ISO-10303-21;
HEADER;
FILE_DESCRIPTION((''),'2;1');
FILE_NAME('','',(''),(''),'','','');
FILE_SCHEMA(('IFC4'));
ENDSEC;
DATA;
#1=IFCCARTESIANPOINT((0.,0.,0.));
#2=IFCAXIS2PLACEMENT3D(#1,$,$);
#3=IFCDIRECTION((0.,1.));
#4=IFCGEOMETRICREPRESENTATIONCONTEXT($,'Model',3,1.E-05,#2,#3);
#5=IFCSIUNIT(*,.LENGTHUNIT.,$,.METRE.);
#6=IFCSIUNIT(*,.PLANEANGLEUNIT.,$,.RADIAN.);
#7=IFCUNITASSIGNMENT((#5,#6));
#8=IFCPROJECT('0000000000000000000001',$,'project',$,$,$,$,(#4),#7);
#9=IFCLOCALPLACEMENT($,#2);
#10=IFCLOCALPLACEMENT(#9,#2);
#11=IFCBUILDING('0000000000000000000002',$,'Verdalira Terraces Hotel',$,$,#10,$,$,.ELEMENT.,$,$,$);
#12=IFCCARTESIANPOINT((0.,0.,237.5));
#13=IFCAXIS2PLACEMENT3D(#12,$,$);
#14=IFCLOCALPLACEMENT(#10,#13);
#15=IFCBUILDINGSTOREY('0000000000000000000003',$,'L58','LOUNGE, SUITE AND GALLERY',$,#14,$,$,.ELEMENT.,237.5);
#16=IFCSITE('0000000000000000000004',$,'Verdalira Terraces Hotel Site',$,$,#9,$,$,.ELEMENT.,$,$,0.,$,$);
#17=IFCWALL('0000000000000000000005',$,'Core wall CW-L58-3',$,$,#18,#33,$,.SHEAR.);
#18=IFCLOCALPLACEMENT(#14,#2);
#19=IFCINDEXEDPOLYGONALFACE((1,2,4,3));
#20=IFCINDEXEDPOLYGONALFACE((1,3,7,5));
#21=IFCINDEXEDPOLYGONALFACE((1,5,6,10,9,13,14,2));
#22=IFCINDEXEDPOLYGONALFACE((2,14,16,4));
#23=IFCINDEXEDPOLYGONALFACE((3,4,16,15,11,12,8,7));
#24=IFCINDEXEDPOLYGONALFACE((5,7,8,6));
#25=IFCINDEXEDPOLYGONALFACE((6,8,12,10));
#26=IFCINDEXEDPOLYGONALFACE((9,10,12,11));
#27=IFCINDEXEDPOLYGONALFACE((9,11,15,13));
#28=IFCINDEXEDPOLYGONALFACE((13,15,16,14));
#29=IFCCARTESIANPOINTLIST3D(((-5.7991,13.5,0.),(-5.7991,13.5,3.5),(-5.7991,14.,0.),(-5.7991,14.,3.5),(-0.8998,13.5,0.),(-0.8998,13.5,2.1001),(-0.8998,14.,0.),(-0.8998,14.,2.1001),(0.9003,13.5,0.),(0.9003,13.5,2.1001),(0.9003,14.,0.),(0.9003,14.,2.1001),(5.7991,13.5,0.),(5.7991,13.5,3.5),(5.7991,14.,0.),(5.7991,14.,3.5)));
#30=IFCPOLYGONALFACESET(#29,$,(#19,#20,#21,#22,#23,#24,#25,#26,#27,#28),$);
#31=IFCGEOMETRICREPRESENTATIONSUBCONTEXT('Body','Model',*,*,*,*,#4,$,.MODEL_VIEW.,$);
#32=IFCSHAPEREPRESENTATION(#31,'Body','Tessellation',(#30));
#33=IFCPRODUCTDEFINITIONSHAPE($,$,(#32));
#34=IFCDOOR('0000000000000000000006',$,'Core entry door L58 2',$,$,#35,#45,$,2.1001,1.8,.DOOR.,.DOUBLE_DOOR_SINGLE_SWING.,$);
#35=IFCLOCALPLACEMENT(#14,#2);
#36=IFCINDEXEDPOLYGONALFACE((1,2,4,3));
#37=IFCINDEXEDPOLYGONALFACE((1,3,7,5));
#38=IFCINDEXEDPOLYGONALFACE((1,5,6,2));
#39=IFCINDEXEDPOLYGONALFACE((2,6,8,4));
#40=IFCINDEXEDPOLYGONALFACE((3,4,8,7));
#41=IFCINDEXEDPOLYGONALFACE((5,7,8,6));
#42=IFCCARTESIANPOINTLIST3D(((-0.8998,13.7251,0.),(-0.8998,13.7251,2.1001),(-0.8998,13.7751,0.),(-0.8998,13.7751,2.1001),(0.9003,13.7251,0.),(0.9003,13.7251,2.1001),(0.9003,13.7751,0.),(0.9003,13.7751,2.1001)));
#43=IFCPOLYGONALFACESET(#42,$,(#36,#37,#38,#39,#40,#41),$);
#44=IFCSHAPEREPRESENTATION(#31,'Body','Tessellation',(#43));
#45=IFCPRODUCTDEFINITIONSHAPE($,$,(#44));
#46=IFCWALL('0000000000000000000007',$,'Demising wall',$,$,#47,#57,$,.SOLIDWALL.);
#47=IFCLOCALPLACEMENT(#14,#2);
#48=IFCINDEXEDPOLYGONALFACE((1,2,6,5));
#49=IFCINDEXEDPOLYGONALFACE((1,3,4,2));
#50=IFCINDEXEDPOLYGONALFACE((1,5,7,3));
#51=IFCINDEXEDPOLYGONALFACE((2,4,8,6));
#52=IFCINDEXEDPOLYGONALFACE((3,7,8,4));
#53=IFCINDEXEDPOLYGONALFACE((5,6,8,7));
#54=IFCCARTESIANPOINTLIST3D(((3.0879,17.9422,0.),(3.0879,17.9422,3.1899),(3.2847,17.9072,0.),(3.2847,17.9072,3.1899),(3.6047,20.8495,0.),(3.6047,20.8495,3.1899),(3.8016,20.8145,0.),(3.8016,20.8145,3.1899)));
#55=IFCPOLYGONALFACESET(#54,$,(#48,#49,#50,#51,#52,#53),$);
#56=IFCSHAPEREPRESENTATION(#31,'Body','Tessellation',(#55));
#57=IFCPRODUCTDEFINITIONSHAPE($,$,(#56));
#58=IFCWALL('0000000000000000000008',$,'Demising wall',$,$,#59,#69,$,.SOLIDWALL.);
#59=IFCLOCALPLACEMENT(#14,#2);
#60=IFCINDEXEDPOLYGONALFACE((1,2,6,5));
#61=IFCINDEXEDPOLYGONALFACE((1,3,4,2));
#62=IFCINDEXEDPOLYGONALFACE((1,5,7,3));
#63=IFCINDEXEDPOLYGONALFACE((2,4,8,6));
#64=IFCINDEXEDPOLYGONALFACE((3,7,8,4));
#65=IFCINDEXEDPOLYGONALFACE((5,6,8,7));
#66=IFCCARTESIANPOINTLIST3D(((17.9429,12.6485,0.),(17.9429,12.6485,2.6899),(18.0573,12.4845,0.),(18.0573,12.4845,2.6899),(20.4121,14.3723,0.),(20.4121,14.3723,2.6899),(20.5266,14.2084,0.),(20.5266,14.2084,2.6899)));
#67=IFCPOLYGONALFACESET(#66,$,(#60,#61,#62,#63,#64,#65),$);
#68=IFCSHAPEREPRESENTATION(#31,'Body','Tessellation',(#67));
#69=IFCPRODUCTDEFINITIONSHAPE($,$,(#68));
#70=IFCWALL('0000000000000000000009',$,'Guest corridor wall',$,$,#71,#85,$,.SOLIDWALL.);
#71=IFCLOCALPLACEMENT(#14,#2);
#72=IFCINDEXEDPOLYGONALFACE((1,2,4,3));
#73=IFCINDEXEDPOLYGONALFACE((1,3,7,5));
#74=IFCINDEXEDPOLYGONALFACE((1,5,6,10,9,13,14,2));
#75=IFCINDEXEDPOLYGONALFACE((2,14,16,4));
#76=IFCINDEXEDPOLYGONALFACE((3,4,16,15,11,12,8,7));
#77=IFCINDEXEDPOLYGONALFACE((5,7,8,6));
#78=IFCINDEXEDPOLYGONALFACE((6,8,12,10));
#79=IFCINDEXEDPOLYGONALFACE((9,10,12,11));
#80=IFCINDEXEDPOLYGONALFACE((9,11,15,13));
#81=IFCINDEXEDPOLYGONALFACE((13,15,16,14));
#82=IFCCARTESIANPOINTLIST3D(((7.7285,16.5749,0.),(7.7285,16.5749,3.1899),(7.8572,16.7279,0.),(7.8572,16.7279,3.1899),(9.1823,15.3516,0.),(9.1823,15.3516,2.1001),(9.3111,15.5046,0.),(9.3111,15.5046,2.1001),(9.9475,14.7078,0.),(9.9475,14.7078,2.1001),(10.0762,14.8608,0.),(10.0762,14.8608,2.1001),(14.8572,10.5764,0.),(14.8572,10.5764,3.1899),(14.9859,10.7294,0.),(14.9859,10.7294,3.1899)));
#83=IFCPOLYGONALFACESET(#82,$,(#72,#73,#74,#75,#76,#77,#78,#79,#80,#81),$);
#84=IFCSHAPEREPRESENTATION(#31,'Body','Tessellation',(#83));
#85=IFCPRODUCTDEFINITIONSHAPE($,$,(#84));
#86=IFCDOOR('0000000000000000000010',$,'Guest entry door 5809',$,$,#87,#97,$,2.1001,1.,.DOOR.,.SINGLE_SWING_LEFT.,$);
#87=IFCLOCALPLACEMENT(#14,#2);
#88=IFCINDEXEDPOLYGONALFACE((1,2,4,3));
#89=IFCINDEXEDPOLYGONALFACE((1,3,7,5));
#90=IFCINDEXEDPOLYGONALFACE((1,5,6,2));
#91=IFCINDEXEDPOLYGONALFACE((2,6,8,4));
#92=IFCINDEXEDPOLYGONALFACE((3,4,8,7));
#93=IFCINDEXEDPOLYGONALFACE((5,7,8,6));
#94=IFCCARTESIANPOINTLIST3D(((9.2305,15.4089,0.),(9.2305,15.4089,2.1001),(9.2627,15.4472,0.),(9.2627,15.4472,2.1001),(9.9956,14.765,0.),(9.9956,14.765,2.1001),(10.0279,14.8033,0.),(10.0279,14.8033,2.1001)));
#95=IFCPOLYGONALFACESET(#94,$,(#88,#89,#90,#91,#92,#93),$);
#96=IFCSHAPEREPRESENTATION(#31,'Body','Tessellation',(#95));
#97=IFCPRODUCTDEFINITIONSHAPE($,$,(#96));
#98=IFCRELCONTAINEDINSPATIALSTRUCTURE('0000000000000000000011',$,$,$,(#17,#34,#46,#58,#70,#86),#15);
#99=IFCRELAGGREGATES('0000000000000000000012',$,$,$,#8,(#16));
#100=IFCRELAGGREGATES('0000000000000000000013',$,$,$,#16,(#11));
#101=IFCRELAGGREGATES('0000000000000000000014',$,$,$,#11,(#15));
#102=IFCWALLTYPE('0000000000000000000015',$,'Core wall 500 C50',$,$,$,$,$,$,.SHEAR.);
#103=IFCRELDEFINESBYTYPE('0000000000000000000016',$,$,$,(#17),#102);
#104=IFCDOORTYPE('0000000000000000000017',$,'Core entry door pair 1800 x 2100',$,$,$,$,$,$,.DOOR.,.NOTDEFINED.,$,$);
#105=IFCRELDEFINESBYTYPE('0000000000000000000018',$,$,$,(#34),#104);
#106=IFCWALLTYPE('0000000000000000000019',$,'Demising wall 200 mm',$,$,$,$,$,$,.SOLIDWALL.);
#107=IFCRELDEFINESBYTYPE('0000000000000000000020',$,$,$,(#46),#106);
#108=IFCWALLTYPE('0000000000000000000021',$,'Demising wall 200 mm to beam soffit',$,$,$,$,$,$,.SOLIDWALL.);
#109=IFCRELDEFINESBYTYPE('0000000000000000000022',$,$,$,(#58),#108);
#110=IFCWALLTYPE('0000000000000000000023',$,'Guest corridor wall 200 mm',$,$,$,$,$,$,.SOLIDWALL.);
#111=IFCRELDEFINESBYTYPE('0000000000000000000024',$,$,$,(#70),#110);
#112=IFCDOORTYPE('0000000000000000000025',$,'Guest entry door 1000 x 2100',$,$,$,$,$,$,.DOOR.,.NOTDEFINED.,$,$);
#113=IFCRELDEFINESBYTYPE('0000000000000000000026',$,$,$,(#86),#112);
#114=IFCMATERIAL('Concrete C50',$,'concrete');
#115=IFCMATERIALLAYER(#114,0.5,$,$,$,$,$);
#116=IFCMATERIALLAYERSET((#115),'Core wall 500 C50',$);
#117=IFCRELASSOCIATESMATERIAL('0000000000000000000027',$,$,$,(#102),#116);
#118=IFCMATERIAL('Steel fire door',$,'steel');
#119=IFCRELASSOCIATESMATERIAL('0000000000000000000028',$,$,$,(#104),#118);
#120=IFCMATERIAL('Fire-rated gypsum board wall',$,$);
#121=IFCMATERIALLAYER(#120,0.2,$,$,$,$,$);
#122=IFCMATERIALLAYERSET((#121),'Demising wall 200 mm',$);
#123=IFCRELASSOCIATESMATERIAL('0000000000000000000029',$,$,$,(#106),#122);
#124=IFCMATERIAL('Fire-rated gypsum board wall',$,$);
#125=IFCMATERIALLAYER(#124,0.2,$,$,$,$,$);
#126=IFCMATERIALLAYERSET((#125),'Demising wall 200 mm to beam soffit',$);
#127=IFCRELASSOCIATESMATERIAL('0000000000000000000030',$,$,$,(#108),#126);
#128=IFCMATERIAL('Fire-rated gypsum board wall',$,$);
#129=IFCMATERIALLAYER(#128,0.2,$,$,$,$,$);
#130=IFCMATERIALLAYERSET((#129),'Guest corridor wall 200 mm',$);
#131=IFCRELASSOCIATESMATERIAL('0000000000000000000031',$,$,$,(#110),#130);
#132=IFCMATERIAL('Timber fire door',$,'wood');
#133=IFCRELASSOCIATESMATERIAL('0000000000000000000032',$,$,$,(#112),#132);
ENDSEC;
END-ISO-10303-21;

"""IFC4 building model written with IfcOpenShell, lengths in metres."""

from ifc_helpers import new_model, si_unit, direction, frame, frame_2d, origin, place, context, subcontext, project, spatial, rectangle, extrude, material, layer, layer_set, type_object, element, fill, save


model = new_model("IFC4")

# Units and contexts
model_context = context("Model", 3, precision=1e-05, world=origin(), true_north=direction((0.0, 1.0)))
body_context = subcontext(model_context, "Body", "Model", "MODEL_VIEW")
ifc_project = project(units=[si_unit("LENGTHUNIT", "METRE"), si_unit("PLANEANGLEUNIT", "RADIAN")], contexts=[model_context])

# Site, building, storey
site_placement = place(None, origin())
site = spatial("IfcSite", under=ifc_project, at=site_placement, Name="Verdalira Terraces Hotel Site", CompositionType="ELEMENT", RefElevation=0.0)
building_placement = place(site_placement, origin())
building = spatial("IfcBuilding", under=site, at=building_placement, Name="Verdalira Terraces Hotel", CompositionType="ELEMENT")
storey_placement = place(building_placement, frame((0.0, 0.0, 237.5)))
storey = spatial("IfcBuildingStorey", under=building, at=storey_placement, Name="L58", Description="LOUNGE, SUITE AND GALLERY", CompositionType="ELEMENT", Elevation=237.5)

# Wall, opening, door
ifc_material_1 = material(Name="Concrete C50", Category="concrete")
ifc_layer_1 = layer(ifc_material_1, 0.5)
ifc_layer_set_1 = layer_set([ifc_layer_1], Name="Core wall 500 C50")
wall_type_1 = type_object("IfcWallType", Name="Core wall 500 C50", PredefinedType="SHEAR", material=ifc_layer_set_1)
wall_1_placement = place(storey_placement, frame((5.7991, 13.75, 0.0), z_axis=(0.0, 0.0, 1.0), x_axis=(-1.0, 0.0, 0.0)))
wall_1 = element("IfcWall", 1, at=wall_1_placement, inside=storey, type_object=wall_type_1, Name="Core wall CW-L58-3", PredefinedType="SHEAR", context=body_context, shape_type="SweptSolid", body=[
    extrude(rectangle(XDim=11.5981, YDim=0.5, at=frame_2d((5.7991, 0.0))), origin(), (0.0, 0.0, 1.0), 3.5),
])
opening_1_placement = place(wall_1_placement, frame((4.8989, 0.0, 0.0)))
opening_1 = element("IfcOpeningElement", 2, at=opening_1_placement, cuts=wall_1, PredefinedType="OPENING", context=body_context, shape_type="SweptSolid", body=[
    extrude(rectangle(XDim=1.8, YDim=2.1001, at=frame_2d((0.8999, 1.05))), frame((0.0, 0.26, 0.0), z_axis=(0.0, -1.0, 0.0), x_axis=(1.0, 0.0, 0.0)), (0.0, 0.0, 1.0), 0.52),
])
ifc_material_2 = material(Name="Steel fire door", Category="steel")
door_type_1 = type_object("IfcDoorType", Name="Core entry door pair 1800 x 2100", OperationType="NOTDEFINED", PredefinedType="DOOR", material=ifc_material_2)
door_1_placement = place(opening_1_placement, origin())
door_1 = element("IfcDoor", 3, at=door_1_placement, inside=storey, type_object=door_type_1, Name="Core entry door L58 2", OperationType="DOUBLE_DOOR_SINGLE_SWING", OverallHeight=2.1001, OverallWidth=1.8, PredefinedType="DOOR", context=body_context, shape_type="SweptSolid", body=[
    extrude(rectangle(XDim=1.8, YDim=2.1001, at=frame_2d((0.8999, 1.05))), frame((0.0, 0.0249, 0.0), z_axis=(0.0, -1.0, 0.0), x_axis=(1.0, 0.0, 0.0)), (0.0, 0.0, 1.0), 0.05),
])
fill(opening_1, door_1)

# Walls
ifc_material_3 = material(Name="Fire-rated gypsum board wall")
ifc_layer_2 = layer(ifc_material_3, 0.2)
ifc_layer_set_2 = layer_set([ifc_layer_2], Name="Demising wall 200 mm")
wall_type_2 = type_object("IfcWallType", Name="Demising wall 200 mm", PredefinedType="SOLIDWALL", material=ifc_layer_set_2)
wall_2_placement = place(storey_placement, frame((3.1863, 17.9246, 0.0), z_axis=(0.0, 0.0, 1.0), x_axis=(0.175035, 0.984562, 0.0)))
element("IfcWall", 4, at=wall_2_placement, inside=storey, type_object=wall_type_2, Name="Demising wall", PredefinedType="SOLIDWALL", context=body_context, shape_type="SweptSolid", body=[
    extrude(rectangle(XDim=2.9529, YDim=0.2, at=frame_2d((1.4766, 0.0))), origin(), (0.0, 0.0, 1.0), 3.1899),
])
ifc_material_4 = material(Name="Fire-rated gypsum board wall")
ifc_layer_3 = layer(ifc_material_4, 0.2)
ifc_layer_set_3 = layer_set([ifc_layer_3], Name="Demising wall 200 mm to beam soffit")
wall_type_3 = type_object("IfcWallType", Name="Demising wall 200 mm to beam soffit", PredefinedType="SOLIDWALL", material=ifc_layer_set_3)
wall_3_placement = place(storey_placement, frame((18.0, 12.5664, 0.0), z_axis=(0.0, 0.0, 1.0), x_axis=(0.819947, 0.572439, 0.0)))
element("IfcWall", 5, at=wall_3_placement, inside=storey, type_object=wall_type_3, Name="Demising wall", PredefinedType="SOLIDWALL", context=body_context, shape_type="SweptSolid", body=[
    extrude(rectangle(XDim=3.0115, YDim=0.2, at=frame_2d((1.5059, 0.0))), origin(), (0.0, 0.0, 1.0), 2.6899),
])

# Wall, opening, door
ifc_material_5 = material(Name="Fire-rated gypsum board wall")
ifc_layer_4 = layer(ifc_material_5, 0.2)
ifc_layer_set_4 = layer_set([ifc_layer_4], Name="Guest corridor wall 200 mm")
wall_type_4 = type_object("IfcWallType", Name="Guest corridor wall 200 mm", PredefinedType="SOLIDWALL", material=ifc_layer_set_4)
wall_4_placement = place(storey_placement, frame((7.793, 16.6514, 0.0), z_axis=(0.0, 0.0, 1.0), x_axis=(0.765152, -0.64385, 0.0)))
wall_4 = element("IfcWall", 6, at=wall_4_placement, inside=storey, type_object=wall_type_4, Name="Guest corridor wall", PredefinedType="SOLIDWALL", context=body_context, shape_type="SweptSolid", body=[
    extrude(rectangle(XDim=9.3166, YDim=0.2, at=frame_2d((4.6582, 0.0))), origin(), (0.0, 0.0, 1.0), 3.1899),
])
opening_2_placement = place(wall_4_placement, frame((1.8999, 0.0, 0.0)))
opening_2 = element("IfcOpeningElement", 7, at=opening_2_placement, cuts=wall_4, PredefinedType="OPENING", context=body_context, shape_type="SweptSolid", body=[
    extrude(rectangle(XDim=1.0, YDim=2.1001, at=frame_2d((0.5, 1.05))), frame((0.0, 0.1099, 0.0), z_axis=(0.0, -1.0, 0.0), x_axis=(1.0, 0.0, 0.0)), (0.0, 0.0, 1.0), 0.22),
])
ifc_material_6 = material(Name="Timber fire door", Category="wood")
door_type_2 = type_object("IfcDoorType", Name="Guest entry door 1000 x 2100", OperationType="NOTDEFINED", PredefinedType="DOOR", material=ifc_material_6)
door_2_placement = place(opening_2_placement, origin())
door_2 = element("IfcDoor", 8, at=door_2_placement, inside=storey, type_object=door_type_2, Name="Guest entry door 5809", OperationType="SINGLE_SWING_LEFT", OverallHeight=2.1001, OverallWidth=1.0, PredefinedType="DOOR", context=body_context, shape_type="SweptSolid", body=[
    extrude(rectangle(XDim=1.0, YDim=2.1001, at=frame_2d((0.5, 1.05))), frame((0.0, 0.0249, 0.0), z_axis=(0.0, -1.0, 0.0), x_axis=(1.0, 0.0, 0.0)), (0.0, 0.0, 1.0), 0.05),
])
fill(opening_2, door_2)

save(model, "model.ifc")
